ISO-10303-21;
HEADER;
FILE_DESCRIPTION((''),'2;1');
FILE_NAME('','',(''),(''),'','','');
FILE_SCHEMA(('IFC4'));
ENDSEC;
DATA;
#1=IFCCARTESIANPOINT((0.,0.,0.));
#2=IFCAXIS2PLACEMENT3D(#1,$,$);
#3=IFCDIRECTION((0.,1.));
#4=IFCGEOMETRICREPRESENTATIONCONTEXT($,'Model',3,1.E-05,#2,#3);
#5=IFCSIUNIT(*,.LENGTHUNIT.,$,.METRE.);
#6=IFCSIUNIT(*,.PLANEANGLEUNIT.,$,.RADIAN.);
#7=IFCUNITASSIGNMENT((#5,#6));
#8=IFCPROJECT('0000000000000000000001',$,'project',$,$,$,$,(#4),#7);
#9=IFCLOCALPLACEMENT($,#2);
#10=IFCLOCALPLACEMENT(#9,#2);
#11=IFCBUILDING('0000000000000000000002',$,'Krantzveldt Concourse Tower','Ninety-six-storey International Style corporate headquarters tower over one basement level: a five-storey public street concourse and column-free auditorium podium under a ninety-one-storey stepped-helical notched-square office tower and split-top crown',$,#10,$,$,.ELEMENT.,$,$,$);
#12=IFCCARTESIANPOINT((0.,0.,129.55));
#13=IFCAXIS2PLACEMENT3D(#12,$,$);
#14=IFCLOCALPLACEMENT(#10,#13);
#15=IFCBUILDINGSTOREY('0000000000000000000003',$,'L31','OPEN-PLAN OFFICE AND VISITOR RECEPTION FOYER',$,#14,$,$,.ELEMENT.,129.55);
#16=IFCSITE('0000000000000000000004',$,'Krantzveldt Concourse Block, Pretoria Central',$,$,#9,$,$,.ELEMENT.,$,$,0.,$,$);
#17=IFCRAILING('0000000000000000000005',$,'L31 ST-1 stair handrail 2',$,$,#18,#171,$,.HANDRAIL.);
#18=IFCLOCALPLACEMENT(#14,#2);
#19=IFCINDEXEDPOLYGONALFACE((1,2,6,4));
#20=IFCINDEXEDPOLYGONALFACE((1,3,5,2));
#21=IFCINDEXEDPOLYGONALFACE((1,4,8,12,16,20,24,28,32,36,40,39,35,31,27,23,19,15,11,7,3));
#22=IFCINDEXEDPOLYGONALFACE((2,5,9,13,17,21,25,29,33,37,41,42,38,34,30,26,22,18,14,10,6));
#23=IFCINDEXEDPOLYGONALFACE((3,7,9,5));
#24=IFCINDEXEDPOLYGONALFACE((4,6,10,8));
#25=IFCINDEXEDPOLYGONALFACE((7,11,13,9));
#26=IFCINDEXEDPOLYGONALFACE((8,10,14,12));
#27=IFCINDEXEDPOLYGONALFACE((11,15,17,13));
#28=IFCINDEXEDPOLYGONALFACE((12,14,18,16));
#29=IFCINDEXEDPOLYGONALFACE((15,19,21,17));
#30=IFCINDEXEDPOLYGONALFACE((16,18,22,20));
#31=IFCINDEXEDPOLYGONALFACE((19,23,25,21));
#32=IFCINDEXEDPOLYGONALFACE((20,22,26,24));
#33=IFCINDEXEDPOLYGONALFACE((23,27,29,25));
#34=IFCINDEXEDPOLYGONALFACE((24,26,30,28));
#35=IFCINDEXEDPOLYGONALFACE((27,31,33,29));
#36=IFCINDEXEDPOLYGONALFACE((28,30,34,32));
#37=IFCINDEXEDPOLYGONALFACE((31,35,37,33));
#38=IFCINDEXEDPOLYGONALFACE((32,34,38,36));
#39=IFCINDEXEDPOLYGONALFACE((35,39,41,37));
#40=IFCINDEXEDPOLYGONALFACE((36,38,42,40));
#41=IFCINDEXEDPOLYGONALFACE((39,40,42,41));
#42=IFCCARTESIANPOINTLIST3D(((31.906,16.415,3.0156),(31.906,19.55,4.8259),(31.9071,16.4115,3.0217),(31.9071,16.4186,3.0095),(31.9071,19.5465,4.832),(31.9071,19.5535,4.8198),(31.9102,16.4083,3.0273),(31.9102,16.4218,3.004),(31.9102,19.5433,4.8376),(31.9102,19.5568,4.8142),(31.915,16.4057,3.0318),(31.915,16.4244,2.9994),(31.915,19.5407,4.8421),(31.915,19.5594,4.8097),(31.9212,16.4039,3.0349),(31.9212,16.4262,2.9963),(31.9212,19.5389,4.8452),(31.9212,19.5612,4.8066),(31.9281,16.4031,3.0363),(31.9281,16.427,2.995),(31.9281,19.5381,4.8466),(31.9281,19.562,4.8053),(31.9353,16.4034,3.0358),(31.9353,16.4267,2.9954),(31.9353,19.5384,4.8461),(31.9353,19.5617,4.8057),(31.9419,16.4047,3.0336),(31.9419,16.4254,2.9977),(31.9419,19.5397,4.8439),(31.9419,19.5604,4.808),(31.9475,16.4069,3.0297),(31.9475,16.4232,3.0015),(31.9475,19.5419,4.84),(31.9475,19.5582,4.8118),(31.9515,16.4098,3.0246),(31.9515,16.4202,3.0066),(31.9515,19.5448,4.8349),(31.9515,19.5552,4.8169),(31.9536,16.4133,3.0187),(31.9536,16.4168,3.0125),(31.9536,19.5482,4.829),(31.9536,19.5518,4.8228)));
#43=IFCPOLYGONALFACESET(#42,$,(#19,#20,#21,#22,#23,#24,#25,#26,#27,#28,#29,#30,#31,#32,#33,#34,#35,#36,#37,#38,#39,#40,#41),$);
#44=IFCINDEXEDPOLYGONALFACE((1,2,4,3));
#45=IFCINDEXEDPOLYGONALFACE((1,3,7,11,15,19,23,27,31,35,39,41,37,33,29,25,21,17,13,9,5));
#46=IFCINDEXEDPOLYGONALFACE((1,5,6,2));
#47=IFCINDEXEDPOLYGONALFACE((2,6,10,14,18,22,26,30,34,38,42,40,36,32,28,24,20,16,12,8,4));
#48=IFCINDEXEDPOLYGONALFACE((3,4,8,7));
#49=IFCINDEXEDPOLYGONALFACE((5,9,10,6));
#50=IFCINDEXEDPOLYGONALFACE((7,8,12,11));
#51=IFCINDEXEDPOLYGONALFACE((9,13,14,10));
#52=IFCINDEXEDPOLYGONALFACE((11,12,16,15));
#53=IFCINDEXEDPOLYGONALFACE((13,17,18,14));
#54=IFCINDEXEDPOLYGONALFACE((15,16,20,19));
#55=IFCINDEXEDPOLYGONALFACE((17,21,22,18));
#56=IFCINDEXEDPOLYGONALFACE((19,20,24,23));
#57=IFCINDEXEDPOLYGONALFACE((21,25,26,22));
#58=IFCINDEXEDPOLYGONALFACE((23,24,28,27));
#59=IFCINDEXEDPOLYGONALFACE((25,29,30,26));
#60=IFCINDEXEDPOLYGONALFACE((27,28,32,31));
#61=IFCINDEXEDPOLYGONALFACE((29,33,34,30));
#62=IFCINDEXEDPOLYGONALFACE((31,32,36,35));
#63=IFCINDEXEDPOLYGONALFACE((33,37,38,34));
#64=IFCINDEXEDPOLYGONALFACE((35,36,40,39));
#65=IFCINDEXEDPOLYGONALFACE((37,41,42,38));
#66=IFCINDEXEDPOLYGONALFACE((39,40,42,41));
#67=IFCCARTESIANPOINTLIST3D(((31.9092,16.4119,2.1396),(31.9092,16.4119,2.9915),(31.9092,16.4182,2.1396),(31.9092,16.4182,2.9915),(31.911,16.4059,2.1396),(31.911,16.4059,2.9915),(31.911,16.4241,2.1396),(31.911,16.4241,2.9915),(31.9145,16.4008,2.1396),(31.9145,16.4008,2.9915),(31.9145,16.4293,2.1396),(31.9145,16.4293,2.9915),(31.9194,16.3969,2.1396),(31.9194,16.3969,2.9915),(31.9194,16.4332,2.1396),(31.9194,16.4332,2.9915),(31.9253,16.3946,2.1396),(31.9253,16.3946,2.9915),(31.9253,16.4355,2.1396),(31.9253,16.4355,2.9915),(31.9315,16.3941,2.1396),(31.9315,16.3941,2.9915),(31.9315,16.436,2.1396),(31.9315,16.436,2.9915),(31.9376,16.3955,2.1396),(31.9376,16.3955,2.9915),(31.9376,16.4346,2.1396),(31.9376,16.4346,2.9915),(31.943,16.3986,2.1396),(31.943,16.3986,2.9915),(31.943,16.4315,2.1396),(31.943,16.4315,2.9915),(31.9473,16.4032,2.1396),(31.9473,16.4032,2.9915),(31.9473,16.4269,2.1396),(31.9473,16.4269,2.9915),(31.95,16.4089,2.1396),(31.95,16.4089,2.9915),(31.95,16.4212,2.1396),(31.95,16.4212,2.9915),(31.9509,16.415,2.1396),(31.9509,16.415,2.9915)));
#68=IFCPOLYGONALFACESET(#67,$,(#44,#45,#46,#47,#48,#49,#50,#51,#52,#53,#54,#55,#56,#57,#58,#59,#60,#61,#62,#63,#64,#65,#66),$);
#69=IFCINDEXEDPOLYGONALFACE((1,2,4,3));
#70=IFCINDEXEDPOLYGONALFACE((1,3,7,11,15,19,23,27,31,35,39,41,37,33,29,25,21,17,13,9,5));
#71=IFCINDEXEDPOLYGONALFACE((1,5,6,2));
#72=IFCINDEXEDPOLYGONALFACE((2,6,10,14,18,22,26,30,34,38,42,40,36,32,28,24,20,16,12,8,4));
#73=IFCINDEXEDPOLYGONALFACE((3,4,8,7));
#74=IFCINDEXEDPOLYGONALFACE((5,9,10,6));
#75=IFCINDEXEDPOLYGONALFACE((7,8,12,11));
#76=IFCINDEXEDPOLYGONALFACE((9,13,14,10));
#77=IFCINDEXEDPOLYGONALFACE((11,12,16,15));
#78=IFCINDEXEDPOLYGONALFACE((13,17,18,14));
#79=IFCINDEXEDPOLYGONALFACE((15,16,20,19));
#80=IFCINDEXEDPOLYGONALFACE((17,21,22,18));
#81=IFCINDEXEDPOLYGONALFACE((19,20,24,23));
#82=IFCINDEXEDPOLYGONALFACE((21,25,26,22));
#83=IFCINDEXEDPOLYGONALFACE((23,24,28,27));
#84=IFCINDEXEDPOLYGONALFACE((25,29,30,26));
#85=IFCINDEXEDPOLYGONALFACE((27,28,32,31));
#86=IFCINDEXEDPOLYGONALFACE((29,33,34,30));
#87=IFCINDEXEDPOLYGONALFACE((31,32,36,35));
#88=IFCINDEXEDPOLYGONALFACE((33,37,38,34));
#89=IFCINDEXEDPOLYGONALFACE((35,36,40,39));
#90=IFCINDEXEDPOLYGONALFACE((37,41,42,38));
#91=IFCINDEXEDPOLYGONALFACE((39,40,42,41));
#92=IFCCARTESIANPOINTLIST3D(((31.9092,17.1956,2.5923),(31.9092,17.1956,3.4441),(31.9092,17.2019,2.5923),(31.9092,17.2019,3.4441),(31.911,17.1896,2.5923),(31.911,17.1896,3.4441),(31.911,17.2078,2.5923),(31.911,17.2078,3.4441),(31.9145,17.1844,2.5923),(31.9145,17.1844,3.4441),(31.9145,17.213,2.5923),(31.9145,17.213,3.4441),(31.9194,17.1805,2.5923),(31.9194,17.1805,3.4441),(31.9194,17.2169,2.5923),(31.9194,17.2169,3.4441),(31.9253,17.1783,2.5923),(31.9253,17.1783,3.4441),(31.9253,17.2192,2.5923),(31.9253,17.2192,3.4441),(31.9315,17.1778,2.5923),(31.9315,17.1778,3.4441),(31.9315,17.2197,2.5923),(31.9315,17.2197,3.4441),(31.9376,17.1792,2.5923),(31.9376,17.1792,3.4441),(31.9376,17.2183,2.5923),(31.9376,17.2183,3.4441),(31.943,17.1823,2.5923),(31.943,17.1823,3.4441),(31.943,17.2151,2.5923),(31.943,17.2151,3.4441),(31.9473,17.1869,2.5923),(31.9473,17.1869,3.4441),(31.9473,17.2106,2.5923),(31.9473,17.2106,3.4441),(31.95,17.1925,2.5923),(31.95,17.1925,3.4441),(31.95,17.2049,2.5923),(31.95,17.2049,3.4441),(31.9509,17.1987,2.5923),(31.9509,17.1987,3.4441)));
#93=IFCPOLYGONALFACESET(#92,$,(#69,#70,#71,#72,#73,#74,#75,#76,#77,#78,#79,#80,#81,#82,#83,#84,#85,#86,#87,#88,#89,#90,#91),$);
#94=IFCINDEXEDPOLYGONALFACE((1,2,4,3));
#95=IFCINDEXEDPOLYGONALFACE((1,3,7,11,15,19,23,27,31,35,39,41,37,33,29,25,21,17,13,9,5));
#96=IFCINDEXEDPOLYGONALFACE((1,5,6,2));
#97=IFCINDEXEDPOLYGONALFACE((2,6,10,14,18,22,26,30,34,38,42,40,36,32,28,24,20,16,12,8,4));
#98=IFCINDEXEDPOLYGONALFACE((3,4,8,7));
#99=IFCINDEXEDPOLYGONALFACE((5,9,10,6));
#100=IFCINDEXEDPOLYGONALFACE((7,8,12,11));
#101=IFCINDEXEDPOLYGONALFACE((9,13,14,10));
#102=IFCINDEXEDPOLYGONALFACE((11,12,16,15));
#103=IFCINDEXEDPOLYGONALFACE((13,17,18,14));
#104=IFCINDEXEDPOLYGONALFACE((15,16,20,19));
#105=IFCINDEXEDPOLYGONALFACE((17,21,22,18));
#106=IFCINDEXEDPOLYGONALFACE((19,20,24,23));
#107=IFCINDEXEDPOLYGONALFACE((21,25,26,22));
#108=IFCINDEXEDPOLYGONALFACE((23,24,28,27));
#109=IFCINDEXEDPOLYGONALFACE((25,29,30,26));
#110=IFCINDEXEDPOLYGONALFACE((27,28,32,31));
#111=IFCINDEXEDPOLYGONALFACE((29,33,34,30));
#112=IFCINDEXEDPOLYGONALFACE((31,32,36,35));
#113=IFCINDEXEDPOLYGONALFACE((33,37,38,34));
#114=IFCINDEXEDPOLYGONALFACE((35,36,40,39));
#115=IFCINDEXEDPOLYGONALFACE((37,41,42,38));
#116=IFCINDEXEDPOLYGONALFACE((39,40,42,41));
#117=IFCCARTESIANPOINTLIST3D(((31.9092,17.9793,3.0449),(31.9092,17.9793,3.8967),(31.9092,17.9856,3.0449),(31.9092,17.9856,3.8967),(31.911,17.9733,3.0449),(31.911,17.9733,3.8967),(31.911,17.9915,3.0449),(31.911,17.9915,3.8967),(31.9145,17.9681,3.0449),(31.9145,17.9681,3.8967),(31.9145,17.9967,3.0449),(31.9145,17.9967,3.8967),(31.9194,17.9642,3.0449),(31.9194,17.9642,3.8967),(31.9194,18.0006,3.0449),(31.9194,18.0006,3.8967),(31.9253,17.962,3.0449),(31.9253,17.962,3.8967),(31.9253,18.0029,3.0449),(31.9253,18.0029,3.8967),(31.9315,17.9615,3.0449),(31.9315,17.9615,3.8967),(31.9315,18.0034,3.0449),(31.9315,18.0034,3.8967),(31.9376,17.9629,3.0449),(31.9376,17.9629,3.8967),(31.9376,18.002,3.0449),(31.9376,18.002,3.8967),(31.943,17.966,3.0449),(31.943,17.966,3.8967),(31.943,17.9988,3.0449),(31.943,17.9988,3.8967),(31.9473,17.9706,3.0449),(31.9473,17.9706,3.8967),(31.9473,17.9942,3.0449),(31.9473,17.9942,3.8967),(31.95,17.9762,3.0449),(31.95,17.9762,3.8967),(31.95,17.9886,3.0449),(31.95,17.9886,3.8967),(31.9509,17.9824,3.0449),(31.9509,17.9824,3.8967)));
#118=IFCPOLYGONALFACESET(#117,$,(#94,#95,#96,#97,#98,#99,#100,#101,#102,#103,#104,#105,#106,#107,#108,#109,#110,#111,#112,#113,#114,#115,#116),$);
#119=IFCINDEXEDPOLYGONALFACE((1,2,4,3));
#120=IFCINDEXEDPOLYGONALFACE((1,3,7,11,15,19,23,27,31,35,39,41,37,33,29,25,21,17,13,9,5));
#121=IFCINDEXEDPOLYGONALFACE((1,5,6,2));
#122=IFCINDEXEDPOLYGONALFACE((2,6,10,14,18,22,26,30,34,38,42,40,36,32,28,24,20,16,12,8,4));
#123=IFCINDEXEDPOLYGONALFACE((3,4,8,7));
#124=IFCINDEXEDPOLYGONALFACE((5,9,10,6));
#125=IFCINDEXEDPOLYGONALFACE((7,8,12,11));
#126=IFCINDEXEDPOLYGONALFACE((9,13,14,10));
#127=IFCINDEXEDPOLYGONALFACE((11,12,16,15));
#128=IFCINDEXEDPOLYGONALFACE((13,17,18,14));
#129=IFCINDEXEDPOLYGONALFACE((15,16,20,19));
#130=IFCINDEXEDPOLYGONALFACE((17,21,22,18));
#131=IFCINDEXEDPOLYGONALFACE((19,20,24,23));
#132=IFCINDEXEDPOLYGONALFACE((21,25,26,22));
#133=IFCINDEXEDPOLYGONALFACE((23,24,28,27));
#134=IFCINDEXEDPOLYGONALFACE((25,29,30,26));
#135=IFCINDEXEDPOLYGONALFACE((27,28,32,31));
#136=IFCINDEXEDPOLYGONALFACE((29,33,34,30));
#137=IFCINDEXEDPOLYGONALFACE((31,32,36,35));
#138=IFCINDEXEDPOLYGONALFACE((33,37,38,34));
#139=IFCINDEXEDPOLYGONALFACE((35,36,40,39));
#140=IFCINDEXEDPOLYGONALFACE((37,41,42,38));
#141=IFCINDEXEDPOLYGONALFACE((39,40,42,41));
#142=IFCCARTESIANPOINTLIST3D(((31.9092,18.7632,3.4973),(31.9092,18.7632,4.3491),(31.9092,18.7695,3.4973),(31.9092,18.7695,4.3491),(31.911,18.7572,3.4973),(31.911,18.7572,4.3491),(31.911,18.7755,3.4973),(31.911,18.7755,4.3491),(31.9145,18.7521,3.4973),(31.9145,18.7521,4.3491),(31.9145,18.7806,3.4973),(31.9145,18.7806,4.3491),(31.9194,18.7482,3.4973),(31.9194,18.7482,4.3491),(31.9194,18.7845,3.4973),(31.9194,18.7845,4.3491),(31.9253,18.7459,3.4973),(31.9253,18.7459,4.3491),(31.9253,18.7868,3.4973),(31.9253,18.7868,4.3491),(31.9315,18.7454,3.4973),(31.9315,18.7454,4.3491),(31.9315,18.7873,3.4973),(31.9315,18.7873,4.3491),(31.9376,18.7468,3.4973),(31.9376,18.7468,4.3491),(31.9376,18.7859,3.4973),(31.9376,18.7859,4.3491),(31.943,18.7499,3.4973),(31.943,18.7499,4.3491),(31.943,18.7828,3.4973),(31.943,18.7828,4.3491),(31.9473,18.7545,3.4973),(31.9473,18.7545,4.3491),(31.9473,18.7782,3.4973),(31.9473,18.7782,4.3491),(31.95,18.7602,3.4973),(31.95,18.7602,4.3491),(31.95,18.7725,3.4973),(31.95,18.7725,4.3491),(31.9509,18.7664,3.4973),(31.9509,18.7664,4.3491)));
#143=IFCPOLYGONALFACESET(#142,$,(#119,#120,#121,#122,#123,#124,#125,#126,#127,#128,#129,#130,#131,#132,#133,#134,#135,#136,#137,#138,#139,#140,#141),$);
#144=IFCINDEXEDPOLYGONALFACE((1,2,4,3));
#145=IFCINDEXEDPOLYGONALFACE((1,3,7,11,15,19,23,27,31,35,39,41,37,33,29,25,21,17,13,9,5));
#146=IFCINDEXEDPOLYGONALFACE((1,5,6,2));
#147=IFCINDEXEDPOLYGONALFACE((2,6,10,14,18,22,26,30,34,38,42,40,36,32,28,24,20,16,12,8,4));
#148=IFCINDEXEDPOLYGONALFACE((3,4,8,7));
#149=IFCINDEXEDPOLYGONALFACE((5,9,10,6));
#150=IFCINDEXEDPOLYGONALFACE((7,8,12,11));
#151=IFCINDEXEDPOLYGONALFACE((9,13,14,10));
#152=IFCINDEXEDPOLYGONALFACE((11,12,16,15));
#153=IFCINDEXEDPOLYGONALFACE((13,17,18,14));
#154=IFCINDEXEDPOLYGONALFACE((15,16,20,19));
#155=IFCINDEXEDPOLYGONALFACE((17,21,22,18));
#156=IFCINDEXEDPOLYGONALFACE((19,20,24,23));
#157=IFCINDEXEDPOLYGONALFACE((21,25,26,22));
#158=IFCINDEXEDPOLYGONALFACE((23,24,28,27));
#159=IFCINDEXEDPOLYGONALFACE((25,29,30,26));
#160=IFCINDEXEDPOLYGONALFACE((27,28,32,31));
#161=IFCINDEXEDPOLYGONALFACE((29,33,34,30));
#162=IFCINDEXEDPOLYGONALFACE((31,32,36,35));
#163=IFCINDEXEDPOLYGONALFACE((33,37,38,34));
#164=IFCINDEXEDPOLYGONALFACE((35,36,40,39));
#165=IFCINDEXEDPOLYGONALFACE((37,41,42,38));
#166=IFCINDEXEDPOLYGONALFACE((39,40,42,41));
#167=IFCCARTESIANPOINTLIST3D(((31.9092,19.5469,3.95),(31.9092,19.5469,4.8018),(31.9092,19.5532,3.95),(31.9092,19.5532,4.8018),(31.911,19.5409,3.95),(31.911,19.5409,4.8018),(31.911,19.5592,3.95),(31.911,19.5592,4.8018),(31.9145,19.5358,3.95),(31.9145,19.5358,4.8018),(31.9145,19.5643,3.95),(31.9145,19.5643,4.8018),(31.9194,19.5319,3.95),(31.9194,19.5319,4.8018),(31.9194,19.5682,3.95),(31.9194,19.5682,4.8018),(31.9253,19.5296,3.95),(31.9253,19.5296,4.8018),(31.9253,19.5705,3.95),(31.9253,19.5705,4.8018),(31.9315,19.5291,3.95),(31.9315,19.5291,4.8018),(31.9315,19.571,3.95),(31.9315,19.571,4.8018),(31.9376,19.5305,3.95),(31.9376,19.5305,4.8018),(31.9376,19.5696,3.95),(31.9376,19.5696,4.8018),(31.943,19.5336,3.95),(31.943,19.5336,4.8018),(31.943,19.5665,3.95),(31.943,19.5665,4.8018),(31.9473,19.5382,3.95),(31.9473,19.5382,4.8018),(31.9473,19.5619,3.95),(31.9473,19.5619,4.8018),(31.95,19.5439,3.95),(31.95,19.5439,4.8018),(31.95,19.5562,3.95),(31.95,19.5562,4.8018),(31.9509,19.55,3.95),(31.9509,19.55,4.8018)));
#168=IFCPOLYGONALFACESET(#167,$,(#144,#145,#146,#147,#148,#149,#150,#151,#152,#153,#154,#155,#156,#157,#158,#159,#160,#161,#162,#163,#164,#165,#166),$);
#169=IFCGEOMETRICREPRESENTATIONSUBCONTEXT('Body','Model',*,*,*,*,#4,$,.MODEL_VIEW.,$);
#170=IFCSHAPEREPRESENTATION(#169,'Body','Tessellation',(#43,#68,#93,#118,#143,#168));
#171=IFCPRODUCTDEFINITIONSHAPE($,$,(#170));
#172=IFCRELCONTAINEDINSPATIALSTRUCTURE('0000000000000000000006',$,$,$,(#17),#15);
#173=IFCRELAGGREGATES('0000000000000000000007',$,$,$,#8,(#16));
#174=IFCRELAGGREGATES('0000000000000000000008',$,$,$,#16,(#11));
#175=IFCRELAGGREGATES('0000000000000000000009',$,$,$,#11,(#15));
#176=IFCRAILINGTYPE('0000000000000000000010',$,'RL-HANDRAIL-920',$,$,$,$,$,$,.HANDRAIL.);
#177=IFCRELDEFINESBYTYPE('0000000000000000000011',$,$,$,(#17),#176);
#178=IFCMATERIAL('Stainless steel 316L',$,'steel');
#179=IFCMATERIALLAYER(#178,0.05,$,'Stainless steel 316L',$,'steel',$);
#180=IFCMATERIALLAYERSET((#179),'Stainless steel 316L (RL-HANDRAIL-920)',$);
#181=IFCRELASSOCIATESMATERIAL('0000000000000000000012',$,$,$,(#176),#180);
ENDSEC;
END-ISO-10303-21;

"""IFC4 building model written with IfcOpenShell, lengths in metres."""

from ifc_helpers import new_model, si_unit, direction, frame, origin, origin_2d, place, context, subcontext, project, spatial, circle, extrude, material, layer, layer_set, type_object, element, save


model = new_model("IFC4")

# Units and contexts
model_context = context("Model", 3, precision=1e-05, world=origin(), true_north=direction((0.0, 1.0)))
body_context = subcontext(model_context, "Body", "Model", "MODEL_VIEW")
ifc_project = project(units=[si_unit("LENGTHUNIT", "METRE"), si_unit("PLANEANGLEUNIT", "RADIAN")], contexts=[model_context])

# Site, building, storey
site_placement = place(None, origin())
site = spatial("IfcSite", under=ifc_project, at=site_placement, Name="Krantzveldt Concourse Block, Pretoria Central", CompositionType="ELEMENT", RefElevation=0.0)
building_placement = place(site_placement, origin())
building = spatial("IfcBuilding", under=site, at=building_placement, Name="Krantzveldt Concourse Tower", Description="Ninety-six-storey International Style corporate headquarters tower over one basement level: a five-storey public street concourse and column-free auditorium podium under a ninety-one-storey stepped-helical notched-square office tower and split-top crown", CompositionType="ELEMENT")
storey_placement = place(building_placement, frame((0.0, 0.0, 129.55)))
storey = spatial("IfcBuildingStorey", under=building, at=storey_placement, Name="L31", Description="OPEN-PLAN OFFICE AND VISITOR RECEPTION FOYER", CompositionType="ELEMENT", Elevation=129.55)

# Shared definitions
ifc_material_1 = material(Name="Stainless steel 316L", Category="steel")

# Railing
ifc_layer_1 = layer(ifc_material_1, 0.05, Name="Stainless steel 316L", Category="steel")
ifc_layer_set_1 = layer_set([ifc_layer_1], Name="Stainless steel 316L (RL-HANDRAIL-920)")
railing_type_1 = type_object("IfcRailingType", Name="RL-HANDRAIL-920", PredefinedType="HANDRAIL", material=ifc_layer_set_1)
railing_1_placement = place(storey_placement, frame((31.9299, 16.415, 2.1396)))
element("IfcRailing", 1, at=railing_1_placement, inside=storey, type_object=railing_type_1, Name="L31 ST-1 stair handrail 2", PredefinedType="HANDRAIL", context=body_context, shape_type="SweptSolid", body=[
    extrude(circle(Radius=0.0239, at=origin_2d()), frame((0.0, 0.0, 0.876), z_axis=(0.0, 0.865989, 0.500063), x_axis=(-1.0, 0.0, 0.0)), (0.0, 0.0, 1.0), 3.6201),
    extrude(circle(Radius=0.021, at=origin_2d()), origin(), (0.0, 0.0, 1.0), 0.8518),
    extrude(circle(Radius=0.021, at=origin_2d()), frame((0.0, 0.7837, 0.4526)), (0.0, 0.0, 1.0), 0.8518),
    extrude(circle(Radius=0.021, at=origin_2d()), frame((0.0, 1.5674, 0.9053)), (0.0, 0.0, 1.0), 0.8518),
    extrude(circle(Radius=0.021, at=origin_2d()), frame((0.0, 2.3513, 1.3577)), (0.0, 0.0, 1.0), 0.8518),
    extrude(circle(Radius=0.021, at=origin_2d()), frame((0.0, 3.135, 1.8103)), (0.0, 0.0, 1.0), 0.8518),
])

save(model, "model.ifc")
